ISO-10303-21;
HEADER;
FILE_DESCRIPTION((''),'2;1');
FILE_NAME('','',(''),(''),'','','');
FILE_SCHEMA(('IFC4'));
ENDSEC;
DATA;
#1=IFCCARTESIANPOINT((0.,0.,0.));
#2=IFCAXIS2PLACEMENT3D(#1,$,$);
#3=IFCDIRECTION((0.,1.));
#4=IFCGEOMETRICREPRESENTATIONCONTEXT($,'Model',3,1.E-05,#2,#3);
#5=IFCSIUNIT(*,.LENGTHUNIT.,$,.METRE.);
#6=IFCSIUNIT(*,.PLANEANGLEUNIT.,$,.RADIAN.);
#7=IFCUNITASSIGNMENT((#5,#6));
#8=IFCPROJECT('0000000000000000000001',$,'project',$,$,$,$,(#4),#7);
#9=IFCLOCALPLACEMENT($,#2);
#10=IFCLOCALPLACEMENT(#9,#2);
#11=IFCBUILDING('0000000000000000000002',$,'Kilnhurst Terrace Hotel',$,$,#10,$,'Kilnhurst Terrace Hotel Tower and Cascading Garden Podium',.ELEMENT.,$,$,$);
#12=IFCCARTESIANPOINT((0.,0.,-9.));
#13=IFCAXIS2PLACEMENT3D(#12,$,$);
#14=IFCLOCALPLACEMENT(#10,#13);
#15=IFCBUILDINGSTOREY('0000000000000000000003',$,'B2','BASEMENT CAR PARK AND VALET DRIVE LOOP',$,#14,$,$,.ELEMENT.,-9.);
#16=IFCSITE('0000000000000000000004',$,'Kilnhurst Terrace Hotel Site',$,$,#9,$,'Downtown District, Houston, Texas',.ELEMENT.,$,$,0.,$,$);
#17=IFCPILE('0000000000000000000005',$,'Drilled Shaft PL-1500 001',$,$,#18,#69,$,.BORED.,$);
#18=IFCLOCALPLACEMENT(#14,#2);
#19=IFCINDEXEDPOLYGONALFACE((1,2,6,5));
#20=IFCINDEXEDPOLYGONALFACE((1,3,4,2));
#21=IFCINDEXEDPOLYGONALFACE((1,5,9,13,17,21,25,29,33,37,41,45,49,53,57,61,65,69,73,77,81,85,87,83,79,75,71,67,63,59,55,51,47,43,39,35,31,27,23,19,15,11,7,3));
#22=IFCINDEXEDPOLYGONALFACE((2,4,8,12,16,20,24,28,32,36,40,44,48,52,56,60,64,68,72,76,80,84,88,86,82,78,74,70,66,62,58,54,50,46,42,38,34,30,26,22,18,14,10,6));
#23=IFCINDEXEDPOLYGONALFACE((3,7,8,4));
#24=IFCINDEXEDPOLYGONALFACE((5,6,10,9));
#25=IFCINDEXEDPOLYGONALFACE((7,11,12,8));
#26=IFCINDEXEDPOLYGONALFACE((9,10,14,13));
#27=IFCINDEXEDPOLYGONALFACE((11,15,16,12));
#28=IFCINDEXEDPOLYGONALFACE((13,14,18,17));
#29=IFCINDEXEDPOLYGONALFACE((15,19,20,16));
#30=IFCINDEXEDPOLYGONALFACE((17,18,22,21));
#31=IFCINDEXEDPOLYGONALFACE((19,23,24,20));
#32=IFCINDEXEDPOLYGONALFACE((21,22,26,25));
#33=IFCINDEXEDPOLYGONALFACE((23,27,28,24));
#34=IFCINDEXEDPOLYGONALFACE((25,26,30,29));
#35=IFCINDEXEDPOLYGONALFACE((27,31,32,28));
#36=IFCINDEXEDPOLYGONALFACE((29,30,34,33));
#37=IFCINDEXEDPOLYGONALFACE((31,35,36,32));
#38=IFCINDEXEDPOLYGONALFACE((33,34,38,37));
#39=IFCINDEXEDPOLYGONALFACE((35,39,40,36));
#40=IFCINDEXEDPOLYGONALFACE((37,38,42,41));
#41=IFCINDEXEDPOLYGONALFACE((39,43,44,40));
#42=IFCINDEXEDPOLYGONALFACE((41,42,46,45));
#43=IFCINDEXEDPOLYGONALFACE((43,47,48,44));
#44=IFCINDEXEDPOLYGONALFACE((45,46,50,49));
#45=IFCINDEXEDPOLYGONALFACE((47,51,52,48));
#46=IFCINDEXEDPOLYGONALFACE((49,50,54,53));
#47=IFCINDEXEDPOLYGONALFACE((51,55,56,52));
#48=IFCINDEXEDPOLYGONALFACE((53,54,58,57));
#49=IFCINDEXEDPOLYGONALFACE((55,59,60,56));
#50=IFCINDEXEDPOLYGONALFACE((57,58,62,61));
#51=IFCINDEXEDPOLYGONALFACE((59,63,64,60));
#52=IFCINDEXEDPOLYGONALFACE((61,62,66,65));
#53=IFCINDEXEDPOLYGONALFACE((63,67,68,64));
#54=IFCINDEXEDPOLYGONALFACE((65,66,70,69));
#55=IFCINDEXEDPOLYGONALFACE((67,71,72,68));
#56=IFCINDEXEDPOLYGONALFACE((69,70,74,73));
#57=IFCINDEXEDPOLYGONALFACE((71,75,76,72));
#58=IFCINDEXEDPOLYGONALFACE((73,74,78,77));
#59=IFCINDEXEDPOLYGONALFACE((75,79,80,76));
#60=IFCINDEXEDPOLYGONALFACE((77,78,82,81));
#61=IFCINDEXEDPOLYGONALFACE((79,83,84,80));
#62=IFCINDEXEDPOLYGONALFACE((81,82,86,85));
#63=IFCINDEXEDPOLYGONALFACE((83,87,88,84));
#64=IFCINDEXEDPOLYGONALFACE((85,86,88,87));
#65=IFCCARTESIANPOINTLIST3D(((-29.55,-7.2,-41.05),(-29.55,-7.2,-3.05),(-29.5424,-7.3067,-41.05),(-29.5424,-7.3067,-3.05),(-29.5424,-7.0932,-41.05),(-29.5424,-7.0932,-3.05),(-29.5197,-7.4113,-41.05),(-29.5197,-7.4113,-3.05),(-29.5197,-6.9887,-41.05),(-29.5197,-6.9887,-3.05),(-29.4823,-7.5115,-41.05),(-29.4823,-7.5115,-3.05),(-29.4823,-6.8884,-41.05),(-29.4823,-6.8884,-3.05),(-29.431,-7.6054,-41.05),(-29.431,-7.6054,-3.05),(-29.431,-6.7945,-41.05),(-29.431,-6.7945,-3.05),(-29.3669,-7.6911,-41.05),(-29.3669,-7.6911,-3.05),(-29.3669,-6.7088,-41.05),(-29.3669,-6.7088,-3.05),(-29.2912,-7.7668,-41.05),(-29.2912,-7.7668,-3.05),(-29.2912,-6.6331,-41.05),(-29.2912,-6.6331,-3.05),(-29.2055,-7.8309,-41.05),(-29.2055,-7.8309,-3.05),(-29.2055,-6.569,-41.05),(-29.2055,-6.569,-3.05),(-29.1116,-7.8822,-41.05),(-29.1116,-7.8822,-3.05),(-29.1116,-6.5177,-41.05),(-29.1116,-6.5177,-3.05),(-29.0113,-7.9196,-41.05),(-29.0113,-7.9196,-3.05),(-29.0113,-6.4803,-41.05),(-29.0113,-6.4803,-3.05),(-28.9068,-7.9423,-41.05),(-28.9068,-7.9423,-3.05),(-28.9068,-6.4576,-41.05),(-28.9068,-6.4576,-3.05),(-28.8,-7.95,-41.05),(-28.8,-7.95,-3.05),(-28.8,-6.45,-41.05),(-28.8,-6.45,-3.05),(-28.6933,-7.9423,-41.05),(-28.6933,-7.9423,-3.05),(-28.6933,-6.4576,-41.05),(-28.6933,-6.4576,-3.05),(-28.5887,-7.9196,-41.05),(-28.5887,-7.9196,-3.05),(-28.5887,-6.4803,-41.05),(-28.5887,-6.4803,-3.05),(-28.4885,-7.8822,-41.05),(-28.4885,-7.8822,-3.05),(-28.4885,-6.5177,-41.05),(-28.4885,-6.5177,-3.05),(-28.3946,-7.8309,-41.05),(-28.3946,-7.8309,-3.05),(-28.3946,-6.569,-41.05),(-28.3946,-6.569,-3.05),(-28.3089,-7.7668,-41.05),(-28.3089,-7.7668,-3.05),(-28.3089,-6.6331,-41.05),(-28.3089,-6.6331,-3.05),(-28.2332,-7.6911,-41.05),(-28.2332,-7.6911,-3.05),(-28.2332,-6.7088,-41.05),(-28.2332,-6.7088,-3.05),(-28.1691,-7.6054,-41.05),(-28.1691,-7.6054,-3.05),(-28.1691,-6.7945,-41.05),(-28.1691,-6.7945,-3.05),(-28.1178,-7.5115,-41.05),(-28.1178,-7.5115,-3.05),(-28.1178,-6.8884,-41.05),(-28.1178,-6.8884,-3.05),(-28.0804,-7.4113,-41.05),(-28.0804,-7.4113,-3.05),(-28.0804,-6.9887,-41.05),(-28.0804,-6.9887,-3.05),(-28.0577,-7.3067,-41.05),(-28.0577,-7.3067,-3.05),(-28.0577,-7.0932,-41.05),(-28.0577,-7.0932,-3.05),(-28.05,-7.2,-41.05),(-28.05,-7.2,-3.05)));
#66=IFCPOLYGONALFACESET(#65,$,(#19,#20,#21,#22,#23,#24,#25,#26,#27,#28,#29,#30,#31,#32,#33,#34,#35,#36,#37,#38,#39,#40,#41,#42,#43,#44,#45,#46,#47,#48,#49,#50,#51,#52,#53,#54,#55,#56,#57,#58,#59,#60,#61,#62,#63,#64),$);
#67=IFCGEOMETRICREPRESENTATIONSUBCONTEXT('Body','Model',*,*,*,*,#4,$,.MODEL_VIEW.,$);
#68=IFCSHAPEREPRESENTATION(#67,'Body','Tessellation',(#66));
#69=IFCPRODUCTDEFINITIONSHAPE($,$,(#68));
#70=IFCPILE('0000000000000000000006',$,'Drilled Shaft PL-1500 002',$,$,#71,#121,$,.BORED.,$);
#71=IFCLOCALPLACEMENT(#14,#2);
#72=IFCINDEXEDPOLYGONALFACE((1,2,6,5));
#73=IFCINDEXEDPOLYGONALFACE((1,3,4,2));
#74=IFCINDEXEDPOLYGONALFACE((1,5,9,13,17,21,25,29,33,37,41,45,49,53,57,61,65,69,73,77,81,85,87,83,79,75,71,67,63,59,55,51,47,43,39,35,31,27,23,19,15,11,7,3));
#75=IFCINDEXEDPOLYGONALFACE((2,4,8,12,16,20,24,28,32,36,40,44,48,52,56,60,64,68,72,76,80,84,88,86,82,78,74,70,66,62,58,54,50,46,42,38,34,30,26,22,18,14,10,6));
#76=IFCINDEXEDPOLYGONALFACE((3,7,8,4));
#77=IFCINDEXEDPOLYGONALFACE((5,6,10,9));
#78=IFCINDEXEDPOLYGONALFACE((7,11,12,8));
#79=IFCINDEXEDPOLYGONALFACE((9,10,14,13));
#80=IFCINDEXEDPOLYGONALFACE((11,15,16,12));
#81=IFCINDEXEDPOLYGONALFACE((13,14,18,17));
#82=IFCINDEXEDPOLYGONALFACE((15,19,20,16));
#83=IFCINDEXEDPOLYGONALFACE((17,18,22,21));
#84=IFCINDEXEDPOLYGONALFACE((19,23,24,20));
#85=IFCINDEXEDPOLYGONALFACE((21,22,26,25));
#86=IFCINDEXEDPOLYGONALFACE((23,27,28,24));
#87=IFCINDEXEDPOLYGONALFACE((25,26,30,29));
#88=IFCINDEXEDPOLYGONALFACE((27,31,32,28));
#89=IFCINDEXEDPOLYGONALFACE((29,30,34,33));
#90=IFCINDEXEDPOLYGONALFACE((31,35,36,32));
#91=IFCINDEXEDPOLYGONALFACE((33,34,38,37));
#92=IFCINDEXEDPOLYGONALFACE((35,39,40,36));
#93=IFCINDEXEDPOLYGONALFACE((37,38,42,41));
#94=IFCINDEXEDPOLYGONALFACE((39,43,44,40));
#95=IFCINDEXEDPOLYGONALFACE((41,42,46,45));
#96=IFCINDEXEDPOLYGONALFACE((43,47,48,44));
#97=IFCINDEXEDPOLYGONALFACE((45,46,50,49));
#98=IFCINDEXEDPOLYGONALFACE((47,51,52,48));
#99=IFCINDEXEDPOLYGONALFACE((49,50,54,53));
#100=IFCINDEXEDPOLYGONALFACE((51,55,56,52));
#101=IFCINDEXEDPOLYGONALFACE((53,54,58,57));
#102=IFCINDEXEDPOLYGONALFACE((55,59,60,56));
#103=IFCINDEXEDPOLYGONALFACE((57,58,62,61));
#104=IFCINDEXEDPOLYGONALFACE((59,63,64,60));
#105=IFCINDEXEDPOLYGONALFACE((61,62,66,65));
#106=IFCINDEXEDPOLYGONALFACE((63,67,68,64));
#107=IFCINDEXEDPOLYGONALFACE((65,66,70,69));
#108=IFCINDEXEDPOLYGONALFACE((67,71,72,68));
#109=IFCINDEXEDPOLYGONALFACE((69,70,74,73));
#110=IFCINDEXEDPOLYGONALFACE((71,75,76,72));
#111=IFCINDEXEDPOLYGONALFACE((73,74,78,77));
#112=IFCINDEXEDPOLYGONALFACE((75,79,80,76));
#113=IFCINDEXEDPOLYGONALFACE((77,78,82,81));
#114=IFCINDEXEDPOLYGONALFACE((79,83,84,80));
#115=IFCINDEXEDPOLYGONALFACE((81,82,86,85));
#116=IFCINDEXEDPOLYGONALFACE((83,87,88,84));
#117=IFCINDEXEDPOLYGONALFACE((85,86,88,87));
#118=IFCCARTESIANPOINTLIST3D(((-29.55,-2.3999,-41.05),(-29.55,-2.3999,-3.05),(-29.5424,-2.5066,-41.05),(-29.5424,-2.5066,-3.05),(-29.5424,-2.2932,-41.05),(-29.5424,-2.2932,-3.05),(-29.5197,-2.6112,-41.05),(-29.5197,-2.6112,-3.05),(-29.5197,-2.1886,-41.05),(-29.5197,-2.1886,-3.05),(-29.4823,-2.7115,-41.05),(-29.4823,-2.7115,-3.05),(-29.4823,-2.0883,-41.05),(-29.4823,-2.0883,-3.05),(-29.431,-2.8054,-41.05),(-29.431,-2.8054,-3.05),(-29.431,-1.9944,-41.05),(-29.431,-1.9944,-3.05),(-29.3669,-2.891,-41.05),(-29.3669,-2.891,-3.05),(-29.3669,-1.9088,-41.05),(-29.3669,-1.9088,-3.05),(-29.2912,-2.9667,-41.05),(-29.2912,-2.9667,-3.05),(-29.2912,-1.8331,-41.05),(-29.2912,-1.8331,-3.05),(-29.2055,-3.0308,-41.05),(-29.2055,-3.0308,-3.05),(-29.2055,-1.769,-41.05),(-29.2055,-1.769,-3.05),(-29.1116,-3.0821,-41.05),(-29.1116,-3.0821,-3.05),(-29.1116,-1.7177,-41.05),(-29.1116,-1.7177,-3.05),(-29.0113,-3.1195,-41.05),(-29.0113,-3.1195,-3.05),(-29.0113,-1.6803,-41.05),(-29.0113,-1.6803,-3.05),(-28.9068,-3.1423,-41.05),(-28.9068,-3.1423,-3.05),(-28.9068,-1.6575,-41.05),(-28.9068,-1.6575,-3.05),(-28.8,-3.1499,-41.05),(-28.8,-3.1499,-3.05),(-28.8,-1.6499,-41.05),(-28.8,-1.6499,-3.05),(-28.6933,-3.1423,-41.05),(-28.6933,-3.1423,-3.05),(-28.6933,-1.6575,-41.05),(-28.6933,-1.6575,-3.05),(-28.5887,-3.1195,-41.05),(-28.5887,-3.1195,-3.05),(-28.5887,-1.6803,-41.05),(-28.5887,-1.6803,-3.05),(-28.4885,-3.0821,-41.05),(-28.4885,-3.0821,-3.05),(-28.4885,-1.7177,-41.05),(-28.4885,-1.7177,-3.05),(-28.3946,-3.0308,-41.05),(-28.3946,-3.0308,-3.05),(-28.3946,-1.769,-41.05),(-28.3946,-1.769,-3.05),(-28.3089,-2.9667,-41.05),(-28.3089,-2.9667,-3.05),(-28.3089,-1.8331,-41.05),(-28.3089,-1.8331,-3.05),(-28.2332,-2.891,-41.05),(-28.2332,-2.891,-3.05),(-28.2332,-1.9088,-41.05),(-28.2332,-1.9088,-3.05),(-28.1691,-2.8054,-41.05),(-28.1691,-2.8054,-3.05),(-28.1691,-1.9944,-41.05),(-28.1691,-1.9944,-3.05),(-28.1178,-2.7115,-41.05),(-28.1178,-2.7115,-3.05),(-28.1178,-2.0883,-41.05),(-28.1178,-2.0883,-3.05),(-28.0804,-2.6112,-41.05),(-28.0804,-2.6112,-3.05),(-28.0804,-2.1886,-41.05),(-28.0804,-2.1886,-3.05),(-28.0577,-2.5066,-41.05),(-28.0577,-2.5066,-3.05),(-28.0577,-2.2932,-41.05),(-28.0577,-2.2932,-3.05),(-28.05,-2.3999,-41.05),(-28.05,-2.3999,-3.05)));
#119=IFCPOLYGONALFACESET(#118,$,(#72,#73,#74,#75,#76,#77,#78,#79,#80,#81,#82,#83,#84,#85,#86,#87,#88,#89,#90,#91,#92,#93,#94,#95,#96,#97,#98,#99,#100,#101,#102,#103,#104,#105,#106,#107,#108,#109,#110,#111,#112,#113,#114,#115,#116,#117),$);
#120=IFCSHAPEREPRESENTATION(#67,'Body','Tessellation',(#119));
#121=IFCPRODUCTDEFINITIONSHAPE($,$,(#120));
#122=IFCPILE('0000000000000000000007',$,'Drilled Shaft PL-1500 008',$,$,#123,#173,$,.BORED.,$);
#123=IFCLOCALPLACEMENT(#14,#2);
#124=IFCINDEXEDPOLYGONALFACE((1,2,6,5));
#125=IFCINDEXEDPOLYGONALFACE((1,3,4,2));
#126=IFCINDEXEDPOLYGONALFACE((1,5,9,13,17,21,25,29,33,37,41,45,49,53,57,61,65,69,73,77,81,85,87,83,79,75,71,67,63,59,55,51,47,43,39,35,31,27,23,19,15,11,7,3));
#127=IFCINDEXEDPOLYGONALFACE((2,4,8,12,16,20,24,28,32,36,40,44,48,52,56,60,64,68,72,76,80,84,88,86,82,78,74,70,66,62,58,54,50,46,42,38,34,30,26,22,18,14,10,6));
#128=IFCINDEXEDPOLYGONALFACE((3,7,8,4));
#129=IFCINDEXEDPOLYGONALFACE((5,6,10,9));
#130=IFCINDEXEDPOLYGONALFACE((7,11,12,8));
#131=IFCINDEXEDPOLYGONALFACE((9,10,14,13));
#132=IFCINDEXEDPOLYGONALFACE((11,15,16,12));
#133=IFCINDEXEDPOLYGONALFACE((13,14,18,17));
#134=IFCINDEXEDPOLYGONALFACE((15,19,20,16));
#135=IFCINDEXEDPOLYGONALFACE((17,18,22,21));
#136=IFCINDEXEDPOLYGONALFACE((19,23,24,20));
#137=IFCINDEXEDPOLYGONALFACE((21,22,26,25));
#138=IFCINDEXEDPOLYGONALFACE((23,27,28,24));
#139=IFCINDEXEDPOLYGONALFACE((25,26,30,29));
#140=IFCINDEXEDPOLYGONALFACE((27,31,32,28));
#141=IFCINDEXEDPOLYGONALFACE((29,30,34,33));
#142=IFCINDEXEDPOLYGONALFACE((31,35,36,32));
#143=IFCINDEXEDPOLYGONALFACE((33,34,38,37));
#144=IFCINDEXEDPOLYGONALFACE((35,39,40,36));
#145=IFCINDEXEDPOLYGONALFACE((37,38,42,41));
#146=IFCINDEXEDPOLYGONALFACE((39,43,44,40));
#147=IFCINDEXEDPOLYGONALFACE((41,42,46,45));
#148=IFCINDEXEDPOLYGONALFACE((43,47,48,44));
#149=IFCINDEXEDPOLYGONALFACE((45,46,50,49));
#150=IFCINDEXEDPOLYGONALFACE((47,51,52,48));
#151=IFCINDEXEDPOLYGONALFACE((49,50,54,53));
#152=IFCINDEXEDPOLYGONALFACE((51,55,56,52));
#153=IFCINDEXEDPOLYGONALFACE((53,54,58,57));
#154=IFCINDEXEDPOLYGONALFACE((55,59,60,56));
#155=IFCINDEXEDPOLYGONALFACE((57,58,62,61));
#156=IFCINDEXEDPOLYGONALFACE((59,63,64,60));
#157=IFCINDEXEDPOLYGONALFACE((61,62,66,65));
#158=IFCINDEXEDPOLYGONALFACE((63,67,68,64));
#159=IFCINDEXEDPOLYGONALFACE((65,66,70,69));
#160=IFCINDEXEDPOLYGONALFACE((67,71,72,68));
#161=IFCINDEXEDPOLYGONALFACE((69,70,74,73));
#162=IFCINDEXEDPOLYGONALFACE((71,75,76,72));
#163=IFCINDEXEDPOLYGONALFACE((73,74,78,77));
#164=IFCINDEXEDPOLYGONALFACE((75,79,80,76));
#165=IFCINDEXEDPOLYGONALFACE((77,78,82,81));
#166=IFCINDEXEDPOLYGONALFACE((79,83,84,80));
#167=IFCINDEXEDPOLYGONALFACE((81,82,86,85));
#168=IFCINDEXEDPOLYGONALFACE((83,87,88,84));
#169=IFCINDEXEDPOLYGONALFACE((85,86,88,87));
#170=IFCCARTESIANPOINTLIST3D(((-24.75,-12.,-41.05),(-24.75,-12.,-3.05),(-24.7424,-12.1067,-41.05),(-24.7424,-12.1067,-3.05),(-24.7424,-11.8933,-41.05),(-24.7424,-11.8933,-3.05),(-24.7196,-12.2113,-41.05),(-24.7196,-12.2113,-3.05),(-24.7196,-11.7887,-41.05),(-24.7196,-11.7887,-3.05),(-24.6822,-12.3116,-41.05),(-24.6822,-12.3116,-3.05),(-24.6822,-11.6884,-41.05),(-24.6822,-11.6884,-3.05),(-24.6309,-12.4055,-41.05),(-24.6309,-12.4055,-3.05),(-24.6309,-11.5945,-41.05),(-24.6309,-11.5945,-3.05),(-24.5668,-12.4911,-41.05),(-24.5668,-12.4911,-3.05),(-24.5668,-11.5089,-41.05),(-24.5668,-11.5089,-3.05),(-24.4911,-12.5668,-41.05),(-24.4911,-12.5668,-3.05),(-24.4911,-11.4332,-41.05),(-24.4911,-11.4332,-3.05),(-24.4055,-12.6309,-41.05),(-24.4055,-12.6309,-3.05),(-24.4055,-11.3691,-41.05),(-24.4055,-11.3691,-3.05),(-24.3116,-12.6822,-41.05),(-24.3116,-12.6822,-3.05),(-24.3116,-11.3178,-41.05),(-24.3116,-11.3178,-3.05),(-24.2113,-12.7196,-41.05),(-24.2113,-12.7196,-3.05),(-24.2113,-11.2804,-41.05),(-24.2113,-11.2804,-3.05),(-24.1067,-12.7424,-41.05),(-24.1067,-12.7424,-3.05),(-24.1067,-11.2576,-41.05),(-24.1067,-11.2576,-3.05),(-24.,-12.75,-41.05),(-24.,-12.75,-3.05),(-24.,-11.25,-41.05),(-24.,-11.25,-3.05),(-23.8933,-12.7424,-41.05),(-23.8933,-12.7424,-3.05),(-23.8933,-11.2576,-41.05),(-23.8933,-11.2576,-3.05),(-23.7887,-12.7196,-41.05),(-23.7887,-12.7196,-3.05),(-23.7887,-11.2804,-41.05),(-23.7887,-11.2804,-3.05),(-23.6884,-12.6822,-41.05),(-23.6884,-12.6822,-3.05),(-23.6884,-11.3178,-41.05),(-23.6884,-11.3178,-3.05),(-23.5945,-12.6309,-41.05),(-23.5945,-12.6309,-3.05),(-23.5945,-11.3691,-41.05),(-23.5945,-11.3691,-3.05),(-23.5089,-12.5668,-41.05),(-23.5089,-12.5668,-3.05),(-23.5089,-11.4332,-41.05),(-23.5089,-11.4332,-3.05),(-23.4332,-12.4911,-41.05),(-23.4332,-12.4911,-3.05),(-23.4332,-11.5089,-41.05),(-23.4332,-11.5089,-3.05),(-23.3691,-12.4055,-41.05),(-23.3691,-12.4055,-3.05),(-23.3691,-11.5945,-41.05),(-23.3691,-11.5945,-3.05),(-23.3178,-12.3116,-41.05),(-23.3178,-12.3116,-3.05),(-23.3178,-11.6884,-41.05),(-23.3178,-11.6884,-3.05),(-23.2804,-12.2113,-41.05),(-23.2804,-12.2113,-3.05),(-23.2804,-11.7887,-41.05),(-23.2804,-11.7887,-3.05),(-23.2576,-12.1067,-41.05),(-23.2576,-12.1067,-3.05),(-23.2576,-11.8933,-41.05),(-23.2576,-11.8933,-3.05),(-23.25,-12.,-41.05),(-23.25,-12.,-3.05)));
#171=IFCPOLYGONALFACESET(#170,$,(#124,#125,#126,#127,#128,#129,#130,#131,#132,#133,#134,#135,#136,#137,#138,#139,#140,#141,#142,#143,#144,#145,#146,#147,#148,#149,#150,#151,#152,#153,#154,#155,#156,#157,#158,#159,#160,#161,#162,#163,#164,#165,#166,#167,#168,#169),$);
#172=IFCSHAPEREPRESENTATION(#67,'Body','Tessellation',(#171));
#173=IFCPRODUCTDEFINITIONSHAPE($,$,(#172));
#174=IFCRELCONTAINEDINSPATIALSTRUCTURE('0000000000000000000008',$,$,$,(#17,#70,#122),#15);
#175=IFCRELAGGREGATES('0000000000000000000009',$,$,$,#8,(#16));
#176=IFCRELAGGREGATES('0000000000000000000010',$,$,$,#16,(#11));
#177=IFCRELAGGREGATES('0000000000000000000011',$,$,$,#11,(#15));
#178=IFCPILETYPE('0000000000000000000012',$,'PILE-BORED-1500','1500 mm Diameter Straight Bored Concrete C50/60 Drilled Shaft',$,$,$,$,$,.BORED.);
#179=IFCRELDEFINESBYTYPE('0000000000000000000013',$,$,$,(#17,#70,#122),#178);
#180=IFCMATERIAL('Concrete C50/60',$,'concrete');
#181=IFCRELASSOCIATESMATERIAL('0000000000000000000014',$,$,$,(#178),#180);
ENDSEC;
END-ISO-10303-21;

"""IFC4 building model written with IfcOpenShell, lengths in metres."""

from ifc_helpers import new_model, si_unit, direction, frame, origin, origin_2d, place, context, subcontext, project, spatial, circle, extrude, material, material_profile, profile_set, type_object, element, save


model = new_model("IFC4")

# Units and contexts
model_context = context("Model", 3, precision=1e-05, world=origin(), true_north=direction((0.0, 1.0)))
body_context = subcontext(model_context, "Body", "Model", "MODEL_VIEW")
ifc_project = project(units=[si_unit("LENGTHUNIT", "METRE"), si_unit("PLANEANGLEUNIT", "RADIAN")], contexts=[model_context])

# Site, building, storey
site_placement = place(None, origin())
site = spatial("IfcSite", under=ifc_project, at=site_placement, Name="Kilnhurst Terrace Hotel Site", LongName="Downtown District, Houston, Texas", CompositionType="ELEMENT", RefElevation=0.0)
building_placement = place(site_placement, origin())
building = spatial("IfcBuilding", under=site, at=building_placement, Name="Kilnhurst Terrace Hotel", LongName="Kilnhurst Terrace Hotel Tower and Cascading Garden Podium", CompositionType="ELEMENT")
storey_placement = place(building_placement, frame((0.0, 0.0, -9.0)))
storey = spatial("IfcBuildingStorey", under=building, at=storey_placement, Name="B2", Description="BASEMENT CAR PARK AND VALET DRIVE LOOP", CompositionType="ELEMENT", Elevation=-9.0)

# Piles
ifc_material_1 = material(Name="Concrete C50/60", Category="concrete")
ifc_material_profile_1 = material_profile(ifc_material_1, circle(Radius=0.75, at=origin_2d()), Name="PILE1500")
ifc_profile_set_1 = profile_set([ifc_material_profile_1], Name="Concrete C50/60")
pile_type_1 = type_object("IfcPileType", Name="PILE-BORED-1500", Description="1500 mm Diameter Straight Bored Concrete C50/60 Drilled Shaft", PredefinedType="BORED", material=ifc_profile_set_1)
for number, where, z_axis, x_axis, name in (
    (1, (-28.8, -7.2, -3.05), (0.0, 0.0, -1.0), (1.0, 0.0, 0.0), "Drilled Shaft PL-1500 001"),
    (2, (-28.8, -2.3999, -3.05), (0.0, 0.0, -1.0), (1.0, 0.0, 0.0), "Drilled Shaft PL-1500 002"),
    (3, (-24.0, -12.0, -3.05), (0.0, 0.0, -1.0), (1.0, 0.0, 0.0), "Drilled Shaft PL-1500 008"),
):
    element("IfcPile", number, at=place(storey_placement, frame(where, z_axis=z_axis, x_axis=x_axis)), inside=storey, type_object=pile_type_1, Name=name, PredefinedType="BORED", context=body_context, shape_type="SweptSolid", body=[
        extrude(circle(Radius=0.75, at=origin_2d()), origin(), (0.0, 0.0, 1.0), 38.0),
    ])

save(model, "model.ifc")
